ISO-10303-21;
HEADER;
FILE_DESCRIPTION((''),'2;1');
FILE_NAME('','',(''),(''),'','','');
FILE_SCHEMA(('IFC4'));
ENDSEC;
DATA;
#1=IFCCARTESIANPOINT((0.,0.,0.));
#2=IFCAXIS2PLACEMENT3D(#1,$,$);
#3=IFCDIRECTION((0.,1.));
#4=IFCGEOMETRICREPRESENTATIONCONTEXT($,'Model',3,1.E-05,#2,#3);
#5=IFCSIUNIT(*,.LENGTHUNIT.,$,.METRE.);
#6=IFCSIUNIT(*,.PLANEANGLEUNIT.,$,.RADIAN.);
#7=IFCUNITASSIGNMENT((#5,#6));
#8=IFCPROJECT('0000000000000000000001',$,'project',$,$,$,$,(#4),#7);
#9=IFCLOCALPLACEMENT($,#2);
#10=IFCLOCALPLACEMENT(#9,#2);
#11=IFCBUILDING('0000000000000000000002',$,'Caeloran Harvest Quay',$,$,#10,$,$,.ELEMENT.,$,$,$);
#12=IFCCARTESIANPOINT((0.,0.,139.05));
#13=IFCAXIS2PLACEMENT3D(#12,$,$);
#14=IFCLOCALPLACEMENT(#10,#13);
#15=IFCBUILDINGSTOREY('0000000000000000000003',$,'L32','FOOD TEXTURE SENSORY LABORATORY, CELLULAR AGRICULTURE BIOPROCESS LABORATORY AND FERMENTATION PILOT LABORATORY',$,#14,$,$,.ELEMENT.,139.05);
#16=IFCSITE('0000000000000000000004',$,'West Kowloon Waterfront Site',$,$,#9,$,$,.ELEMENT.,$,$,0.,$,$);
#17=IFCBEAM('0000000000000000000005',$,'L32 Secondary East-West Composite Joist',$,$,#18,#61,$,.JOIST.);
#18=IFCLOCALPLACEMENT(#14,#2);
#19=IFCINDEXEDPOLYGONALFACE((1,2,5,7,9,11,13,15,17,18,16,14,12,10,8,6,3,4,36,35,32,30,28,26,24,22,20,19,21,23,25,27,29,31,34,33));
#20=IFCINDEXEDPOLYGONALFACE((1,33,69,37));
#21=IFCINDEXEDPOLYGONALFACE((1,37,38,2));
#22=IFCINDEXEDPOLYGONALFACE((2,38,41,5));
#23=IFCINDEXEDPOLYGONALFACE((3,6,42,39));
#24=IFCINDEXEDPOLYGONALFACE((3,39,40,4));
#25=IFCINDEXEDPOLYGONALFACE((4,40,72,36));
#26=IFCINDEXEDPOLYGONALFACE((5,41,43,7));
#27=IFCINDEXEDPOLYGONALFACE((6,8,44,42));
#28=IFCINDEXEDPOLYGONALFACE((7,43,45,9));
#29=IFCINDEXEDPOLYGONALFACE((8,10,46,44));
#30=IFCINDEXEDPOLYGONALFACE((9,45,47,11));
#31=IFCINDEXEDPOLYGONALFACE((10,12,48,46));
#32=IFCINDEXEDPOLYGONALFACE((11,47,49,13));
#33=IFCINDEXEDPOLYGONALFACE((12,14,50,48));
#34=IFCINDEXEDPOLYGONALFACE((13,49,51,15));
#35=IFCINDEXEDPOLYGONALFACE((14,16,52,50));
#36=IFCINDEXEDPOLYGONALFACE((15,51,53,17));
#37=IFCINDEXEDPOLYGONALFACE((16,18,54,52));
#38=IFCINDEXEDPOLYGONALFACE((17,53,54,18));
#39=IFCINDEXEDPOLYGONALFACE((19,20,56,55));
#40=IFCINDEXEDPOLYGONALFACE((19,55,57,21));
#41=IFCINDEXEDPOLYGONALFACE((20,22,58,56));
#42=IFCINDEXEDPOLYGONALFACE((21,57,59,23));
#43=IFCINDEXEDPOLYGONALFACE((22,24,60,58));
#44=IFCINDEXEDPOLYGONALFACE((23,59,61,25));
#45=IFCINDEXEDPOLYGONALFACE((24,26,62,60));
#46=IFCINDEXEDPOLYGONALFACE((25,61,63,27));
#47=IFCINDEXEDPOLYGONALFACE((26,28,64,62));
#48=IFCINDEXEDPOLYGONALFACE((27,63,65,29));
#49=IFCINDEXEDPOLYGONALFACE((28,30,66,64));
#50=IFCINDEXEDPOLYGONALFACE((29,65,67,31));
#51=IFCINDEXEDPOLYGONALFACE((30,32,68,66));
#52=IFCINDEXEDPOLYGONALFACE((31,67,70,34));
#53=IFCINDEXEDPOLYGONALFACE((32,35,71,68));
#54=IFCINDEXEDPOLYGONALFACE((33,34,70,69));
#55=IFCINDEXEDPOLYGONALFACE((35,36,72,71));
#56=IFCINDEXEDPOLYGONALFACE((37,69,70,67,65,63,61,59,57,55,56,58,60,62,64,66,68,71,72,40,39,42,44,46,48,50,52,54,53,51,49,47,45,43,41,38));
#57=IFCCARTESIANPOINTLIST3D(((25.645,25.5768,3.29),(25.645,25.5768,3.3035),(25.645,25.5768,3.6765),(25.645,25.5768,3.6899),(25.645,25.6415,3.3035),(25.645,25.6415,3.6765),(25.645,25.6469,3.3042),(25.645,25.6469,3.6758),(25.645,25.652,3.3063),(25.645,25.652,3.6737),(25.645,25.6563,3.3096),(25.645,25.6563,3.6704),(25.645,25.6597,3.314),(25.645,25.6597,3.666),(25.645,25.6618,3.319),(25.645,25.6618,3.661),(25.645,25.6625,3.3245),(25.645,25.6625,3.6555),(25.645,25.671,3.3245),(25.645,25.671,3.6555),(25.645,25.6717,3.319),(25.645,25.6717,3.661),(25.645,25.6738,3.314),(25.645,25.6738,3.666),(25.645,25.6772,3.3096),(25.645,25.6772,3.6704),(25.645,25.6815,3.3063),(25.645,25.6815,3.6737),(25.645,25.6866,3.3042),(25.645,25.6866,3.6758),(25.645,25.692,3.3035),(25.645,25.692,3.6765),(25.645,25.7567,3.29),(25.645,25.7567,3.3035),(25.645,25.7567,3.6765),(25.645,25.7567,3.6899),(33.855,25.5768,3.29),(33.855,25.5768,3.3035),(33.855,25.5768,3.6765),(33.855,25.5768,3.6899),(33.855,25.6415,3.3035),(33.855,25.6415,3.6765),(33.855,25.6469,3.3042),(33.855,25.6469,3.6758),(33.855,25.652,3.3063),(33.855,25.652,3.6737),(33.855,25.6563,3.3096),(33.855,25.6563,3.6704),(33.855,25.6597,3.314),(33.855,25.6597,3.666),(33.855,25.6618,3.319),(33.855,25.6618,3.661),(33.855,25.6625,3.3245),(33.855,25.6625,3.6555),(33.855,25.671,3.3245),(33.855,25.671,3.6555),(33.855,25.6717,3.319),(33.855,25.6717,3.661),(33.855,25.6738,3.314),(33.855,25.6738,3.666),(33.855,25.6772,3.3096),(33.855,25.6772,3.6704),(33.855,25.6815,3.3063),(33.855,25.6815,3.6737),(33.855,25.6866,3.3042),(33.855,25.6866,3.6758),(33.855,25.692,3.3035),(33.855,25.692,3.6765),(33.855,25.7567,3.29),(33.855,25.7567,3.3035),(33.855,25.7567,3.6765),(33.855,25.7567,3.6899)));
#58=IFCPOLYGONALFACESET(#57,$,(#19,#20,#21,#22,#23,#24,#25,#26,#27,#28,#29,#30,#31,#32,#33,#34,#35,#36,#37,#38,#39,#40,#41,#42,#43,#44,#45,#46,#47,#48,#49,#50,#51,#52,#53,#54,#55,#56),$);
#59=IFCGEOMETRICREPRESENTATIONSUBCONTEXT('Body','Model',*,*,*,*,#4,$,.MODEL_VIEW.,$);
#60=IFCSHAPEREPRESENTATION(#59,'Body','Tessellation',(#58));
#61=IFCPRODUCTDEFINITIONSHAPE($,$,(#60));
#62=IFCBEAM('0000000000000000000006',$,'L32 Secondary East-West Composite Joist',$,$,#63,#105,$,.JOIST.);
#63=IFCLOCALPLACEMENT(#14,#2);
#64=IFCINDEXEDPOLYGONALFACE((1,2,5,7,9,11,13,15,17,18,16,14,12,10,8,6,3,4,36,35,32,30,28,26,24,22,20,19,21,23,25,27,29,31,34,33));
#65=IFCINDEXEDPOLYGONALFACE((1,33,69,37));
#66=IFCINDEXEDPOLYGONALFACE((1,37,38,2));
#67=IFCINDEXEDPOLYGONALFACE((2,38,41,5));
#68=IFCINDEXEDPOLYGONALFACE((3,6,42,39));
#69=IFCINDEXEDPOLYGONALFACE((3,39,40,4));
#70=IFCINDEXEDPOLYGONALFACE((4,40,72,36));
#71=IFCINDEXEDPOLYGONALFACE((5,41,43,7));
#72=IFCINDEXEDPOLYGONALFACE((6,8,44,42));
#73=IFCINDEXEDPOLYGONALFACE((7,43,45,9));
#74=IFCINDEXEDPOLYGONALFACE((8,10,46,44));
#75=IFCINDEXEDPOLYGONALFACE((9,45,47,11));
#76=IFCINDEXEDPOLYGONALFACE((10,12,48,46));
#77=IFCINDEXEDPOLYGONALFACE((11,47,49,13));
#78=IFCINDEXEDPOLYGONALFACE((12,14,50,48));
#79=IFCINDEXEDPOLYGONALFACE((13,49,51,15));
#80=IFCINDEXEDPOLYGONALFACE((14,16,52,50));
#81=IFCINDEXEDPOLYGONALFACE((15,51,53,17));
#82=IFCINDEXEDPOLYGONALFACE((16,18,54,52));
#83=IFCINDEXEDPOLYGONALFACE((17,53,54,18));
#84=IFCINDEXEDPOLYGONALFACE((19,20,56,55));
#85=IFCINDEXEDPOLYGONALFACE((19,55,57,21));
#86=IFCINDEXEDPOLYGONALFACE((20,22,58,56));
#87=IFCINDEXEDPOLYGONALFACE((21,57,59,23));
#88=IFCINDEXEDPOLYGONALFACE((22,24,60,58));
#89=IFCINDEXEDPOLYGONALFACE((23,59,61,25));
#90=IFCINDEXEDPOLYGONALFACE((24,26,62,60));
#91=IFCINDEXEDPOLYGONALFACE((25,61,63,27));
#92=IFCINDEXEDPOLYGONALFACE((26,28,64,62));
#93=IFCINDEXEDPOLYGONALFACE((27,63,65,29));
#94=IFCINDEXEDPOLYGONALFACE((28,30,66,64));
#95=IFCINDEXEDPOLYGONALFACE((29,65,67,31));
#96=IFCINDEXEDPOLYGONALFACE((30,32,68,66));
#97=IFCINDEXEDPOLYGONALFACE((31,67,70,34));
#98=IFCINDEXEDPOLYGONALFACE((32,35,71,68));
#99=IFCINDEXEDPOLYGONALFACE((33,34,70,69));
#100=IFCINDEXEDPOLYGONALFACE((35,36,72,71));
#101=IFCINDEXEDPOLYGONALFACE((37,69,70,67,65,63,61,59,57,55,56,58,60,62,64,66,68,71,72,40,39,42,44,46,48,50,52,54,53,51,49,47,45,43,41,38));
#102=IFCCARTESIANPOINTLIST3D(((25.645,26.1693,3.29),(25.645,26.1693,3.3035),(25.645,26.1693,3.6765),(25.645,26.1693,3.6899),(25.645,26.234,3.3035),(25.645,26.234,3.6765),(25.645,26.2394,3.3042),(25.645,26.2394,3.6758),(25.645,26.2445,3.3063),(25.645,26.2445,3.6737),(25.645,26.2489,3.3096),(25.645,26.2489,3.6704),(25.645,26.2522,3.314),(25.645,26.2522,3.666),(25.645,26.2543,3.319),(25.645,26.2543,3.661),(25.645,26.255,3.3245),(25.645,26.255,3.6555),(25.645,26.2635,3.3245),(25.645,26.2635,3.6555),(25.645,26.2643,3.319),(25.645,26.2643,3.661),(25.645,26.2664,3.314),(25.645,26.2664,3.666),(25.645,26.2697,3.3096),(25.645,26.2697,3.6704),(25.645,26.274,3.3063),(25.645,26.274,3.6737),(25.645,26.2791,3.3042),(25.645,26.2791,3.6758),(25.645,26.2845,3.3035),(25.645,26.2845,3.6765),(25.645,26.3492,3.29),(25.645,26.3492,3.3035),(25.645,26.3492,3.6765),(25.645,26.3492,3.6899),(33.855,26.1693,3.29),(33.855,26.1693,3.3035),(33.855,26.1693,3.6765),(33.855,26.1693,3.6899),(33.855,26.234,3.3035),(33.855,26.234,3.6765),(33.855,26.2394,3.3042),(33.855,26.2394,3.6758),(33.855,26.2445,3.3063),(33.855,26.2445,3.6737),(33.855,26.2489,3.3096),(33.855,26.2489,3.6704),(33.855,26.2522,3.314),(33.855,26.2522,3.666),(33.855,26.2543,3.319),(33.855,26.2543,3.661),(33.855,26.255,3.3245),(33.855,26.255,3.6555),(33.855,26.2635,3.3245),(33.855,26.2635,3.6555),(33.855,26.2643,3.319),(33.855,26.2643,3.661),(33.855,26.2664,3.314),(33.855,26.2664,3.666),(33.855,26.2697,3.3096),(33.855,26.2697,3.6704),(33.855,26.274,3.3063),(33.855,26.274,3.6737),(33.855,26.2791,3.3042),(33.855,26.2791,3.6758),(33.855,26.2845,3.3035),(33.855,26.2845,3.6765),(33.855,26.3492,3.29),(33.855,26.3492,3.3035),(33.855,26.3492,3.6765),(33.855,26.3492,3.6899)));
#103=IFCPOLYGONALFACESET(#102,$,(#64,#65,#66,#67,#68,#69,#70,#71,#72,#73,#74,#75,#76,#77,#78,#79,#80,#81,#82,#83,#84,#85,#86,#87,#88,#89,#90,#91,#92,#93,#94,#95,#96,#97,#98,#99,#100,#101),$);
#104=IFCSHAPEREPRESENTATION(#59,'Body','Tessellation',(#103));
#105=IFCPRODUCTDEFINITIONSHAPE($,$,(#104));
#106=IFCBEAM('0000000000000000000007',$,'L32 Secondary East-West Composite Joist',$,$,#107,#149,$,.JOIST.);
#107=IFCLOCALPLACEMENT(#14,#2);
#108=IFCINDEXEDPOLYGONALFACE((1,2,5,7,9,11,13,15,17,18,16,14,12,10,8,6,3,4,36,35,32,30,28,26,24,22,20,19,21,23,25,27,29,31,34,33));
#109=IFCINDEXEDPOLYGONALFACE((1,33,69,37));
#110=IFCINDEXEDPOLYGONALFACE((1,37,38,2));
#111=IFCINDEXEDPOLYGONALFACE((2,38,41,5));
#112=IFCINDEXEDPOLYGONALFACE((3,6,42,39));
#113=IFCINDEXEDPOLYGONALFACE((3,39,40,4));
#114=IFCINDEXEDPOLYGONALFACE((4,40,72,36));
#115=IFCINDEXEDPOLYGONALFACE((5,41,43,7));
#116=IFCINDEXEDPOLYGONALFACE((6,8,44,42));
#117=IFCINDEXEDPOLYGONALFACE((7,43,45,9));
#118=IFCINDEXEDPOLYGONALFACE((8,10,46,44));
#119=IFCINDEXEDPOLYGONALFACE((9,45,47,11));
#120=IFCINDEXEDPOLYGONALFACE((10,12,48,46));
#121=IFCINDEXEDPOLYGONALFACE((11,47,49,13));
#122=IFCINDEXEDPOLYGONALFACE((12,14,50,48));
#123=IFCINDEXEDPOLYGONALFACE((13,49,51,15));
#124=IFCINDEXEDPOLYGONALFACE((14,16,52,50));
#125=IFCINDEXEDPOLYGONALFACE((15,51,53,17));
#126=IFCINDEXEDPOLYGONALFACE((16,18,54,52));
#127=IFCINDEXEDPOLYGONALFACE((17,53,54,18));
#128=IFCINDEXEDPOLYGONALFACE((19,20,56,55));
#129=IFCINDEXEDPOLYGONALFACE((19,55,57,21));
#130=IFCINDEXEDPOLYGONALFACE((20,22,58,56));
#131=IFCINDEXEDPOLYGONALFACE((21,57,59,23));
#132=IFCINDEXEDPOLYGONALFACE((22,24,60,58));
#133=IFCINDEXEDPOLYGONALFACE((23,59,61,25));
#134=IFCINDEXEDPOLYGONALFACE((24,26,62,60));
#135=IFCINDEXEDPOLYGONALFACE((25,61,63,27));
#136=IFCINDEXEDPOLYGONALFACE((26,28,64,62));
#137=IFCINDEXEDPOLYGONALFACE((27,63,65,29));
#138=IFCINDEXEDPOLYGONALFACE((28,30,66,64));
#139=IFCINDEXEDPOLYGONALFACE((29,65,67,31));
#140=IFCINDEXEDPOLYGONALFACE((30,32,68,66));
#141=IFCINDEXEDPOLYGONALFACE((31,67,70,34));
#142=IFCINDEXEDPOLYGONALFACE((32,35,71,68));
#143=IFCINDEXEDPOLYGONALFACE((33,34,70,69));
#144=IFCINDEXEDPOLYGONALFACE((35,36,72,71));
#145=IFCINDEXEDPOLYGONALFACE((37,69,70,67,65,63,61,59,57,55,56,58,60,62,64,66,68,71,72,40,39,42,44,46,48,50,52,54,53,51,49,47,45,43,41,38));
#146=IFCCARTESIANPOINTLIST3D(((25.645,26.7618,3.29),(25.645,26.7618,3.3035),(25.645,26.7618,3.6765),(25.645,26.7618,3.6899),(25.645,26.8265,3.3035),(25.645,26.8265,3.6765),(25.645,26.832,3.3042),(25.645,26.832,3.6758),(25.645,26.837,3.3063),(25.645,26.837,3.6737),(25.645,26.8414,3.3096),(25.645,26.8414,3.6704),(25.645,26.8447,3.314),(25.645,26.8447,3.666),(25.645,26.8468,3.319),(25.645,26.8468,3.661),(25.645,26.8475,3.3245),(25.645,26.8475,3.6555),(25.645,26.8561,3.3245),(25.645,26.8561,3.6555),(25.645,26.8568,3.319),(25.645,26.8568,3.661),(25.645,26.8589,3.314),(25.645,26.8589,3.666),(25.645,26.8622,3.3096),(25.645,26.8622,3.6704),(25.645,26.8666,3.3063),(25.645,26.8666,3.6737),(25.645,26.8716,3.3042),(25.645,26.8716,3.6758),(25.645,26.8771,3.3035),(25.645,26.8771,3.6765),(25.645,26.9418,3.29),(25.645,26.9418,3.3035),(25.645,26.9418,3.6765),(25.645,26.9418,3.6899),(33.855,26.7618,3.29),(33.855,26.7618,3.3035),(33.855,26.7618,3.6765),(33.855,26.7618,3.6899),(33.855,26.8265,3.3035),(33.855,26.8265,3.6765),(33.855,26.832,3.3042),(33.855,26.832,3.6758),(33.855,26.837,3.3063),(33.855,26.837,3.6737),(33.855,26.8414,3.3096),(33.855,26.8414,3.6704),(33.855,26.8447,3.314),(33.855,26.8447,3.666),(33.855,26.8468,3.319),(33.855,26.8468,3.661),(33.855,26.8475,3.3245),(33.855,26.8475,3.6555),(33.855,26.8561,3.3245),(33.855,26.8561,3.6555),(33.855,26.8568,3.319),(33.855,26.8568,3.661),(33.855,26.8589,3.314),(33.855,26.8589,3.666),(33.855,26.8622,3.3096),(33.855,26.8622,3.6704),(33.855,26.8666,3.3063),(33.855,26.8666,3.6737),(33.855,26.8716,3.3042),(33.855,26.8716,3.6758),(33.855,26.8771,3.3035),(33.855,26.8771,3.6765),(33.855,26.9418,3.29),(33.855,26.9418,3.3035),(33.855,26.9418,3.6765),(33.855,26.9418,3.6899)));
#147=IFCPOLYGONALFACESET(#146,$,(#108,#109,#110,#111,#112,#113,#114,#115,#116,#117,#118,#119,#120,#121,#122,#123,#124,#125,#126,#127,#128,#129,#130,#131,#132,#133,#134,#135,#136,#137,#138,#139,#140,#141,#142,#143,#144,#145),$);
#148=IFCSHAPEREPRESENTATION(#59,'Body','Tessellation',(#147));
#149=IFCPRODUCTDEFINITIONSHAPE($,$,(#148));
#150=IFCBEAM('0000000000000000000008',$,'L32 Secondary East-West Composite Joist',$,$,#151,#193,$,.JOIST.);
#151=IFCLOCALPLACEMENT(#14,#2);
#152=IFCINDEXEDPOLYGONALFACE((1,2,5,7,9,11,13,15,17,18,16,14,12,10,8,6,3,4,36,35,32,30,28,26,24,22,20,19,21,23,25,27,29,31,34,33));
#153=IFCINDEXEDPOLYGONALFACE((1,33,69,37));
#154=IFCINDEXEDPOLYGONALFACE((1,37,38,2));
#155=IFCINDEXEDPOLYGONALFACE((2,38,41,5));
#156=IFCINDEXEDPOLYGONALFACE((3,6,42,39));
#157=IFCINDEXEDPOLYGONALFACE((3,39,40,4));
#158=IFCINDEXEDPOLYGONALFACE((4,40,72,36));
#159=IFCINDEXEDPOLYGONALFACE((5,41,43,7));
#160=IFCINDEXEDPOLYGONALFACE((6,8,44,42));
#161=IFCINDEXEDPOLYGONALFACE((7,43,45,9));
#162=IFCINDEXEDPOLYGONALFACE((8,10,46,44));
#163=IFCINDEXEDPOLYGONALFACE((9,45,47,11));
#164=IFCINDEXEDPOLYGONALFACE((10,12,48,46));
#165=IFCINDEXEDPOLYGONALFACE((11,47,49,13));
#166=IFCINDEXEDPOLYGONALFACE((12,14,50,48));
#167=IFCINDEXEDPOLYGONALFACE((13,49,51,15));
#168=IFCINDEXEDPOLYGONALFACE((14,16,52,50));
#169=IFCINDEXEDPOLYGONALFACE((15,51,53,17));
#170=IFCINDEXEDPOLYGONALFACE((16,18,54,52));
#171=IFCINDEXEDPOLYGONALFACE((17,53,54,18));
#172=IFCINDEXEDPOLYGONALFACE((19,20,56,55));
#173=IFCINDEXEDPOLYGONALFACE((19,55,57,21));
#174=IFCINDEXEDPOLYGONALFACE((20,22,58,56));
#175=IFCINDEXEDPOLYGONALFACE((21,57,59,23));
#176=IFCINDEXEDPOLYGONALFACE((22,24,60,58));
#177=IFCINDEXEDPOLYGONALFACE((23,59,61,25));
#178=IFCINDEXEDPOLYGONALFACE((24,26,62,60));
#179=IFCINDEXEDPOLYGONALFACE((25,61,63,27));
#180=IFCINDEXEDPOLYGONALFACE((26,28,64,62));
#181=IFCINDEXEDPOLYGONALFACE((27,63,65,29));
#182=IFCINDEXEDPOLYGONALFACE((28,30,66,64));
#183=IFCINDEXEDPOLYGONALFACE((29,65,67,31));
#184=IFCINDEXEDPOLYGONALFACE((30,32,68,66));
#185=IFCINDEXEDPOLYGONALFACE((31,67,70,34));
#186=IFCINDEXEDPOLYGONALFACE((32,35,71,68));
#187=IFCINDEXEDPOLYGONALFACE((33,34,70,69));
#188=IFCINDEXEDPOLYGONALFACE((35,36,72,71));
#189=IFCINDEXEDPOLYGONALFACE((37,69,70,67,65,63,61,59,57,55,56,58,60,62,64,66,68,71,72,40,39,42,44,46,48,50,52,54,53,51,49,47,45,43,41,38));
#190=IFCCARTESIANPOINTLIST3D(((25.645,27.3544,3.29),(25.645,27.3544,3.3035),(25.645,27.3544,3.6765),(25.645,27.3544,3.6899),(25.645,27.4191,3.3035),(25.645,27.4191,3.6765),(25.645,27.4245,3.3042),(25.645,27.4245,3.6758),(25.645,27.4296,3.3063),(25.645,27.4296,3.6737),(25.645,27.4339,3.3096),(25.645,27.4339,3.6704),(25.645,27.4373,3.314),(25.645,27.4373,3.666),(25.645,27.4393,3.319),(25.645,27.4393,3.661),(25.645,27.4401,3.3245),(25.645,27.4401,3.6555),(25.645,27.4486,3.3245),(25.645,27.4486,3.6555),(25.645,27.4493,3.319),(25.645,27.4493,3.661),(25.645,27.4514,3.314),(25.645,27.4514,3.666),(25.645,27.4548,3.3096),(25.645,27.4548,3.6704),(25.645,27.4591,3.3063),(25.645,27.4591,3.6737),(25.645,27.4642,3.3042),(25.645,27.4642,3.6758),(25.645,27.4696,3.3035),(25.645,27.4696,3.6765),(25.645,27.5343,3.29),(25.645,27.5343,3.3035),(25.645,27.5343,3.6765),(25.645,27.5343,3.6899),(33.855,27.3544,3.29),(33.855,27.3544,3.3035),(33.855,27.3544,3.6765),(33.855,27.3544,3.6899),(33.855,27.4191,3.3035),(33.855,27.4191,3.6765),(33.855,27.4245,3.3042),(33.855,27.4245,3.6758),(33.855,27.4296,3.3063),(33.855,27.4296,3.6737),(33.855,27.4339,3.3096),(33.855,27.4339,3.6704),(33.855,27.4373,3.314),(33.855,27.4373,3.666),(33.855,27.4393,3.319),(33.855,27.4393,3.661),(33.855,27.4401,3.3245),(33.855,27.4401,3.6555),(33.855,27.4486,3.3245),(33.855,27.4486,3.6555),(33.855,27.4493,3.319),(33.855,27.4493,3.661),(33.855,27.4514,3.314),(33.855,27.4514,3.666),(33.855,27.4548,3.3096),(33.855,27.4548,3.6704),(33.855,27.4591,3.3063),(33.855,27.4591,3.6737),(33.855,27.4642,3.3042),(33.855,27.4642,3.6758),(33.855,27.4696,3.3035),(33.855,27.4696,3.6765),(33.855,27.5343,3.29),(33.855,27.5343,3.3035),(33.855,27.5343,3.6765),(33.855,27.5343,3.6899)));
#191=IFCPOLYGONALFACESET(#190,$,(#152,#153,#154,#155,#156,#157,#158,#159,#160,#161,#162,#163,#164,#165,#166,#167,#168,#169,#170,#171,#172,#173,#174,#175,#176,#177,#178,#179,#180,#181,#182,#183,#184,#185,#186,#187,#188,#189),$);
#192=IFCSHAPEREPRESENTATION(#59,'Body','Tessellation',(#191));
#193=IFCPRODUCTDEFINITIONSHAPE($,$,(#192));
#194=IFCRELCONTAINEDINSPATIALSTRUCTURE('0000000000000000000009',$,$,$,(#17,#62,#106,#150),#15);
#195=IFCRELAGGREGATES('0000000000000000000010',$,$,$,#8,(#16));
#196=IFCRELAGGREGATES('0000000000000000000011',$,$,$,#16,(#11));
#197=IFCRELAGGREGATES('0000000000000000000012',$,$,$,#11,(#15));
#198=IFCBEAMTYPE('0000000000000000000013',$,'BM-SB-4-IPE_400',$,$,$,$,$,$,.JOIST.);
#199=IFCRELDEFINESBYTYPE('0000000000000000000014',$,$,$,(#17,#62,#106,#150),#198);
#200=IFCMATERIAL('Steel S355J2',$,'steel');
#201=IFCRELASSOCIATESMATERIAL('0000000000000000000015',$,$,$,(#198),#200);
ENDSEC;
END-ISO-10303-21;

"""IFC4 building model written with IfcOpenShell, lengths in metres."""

from ifc_helpers import new_model, si_unit, direction, frame, origin, origin_2d, place, context, subcontext, project, spatial, i_section, extrude, material, material_profile, profile_set, type_object, element, save


model = new_model("IFC4")

# Units and contexts
model_context = context("Model", 3, precision=1e-05, world=origin(), true_north=direction((0.0, 1.0)))
body_context = subcontext(model_context, "Body", "Model", "MODEL_VIEW")
ifc_project = project(units=[si_unit("LENGTHUNIT", "METRE"), si_unit("PLANEANGLEUNIT", "RADIAN")], contexts=[model_context])

# Site, building, storey
site_placement = place(None, origin())
site = spatial("IfcSite", under=ifc_project, at=site_placement, Name="West Kowloon Waterfront Site", CompositionType="ELEMENT", RefElevation=0.0)
building_placement = place(site_placement, origin())
building = spatial("IfcBuilding", under=site, at=building_placement, Name="Caeloran Harvest Quay", CompositionType="ELEMENT")
storey_placement = place(building_placement, frame((0.0, 0.0, 139.05)))
storey = spatial("IfcBuildingStorey", under=building, at=storey_placement, Name="L32", Description="FOOD TEXTURE SENSORY LABORATORY, CELLULAR AGRICULTURE BIOPROCESS LABORATORY AND FERMENTATION PILOT LABORATORY", CompositionType="ELEMENT", Elevation=139.05)

# Beams
ifc_material = material(Name="Steel S355J2", Category="steel")
ifc_material_profile_1 = material_profile(ifc_material, i_section(OverallWidth=0.1799, OverallDepth=0.3999, WebThickness=0.0085, FlangeThickness=0.0134, FilletRadius=0.021, at=origin_2d()), Name="IPE 400")
ifc_profile_set_1 = profile_set([ifc_material_profile_1], Name="Steel S355J2")
beam_type_1 = type_object("IfcBeamType", Name="BM-SB-4-IPE_400", PredefinedType="JOIST", material=ifc_profile_set_1)
for number, where, z_axis, x_axis, name in (
    (1, (25.645, 25.6667, 3.49), (1.0, 0.0, 0.0), (0.0, 1.0, 0.0), "L32 Secondary East-West Composite Joist"),
    (2, (25.645, 26.2593, 3.49), (1.0, 0.0, 0.0), (0.0, 1.0, 0.0), "L32 Secondary East-West Composite Joist"),
    (3, (25.645, 26.8518, 3.49), (1.0, 0.0, 0.0), (0.0, 1.0, 0.0), "L32 Secondary East-West Composite Joist"),
    (4, (25.645, 27.4443, 3.49), (1.0, 0.0, 0.0), (0.0, 1.0, 0.0), "L32 Secondary East-West Composite Joist"),
):
    element("IfcBeam", number, at=place(storey_placement, frame(where, z_axis=z_axis, x_axis=x_axis)), inside=storey, type_object=beam_type_1, Name=name, PredefinedType="JOIST", context=body_context, shape_type="SweptSolid", body=[
        extrude(i_section(OverallWidth=0.1799, OverallDepth=0.3999, WebThickness=0.0085, FlangeThickness=0.0134, FilletRadius=0.021, at=origin_2d()), origin(), (0.0, 0.0, 1.0), 8.21),
    ])

save(model, "model.ifc")
